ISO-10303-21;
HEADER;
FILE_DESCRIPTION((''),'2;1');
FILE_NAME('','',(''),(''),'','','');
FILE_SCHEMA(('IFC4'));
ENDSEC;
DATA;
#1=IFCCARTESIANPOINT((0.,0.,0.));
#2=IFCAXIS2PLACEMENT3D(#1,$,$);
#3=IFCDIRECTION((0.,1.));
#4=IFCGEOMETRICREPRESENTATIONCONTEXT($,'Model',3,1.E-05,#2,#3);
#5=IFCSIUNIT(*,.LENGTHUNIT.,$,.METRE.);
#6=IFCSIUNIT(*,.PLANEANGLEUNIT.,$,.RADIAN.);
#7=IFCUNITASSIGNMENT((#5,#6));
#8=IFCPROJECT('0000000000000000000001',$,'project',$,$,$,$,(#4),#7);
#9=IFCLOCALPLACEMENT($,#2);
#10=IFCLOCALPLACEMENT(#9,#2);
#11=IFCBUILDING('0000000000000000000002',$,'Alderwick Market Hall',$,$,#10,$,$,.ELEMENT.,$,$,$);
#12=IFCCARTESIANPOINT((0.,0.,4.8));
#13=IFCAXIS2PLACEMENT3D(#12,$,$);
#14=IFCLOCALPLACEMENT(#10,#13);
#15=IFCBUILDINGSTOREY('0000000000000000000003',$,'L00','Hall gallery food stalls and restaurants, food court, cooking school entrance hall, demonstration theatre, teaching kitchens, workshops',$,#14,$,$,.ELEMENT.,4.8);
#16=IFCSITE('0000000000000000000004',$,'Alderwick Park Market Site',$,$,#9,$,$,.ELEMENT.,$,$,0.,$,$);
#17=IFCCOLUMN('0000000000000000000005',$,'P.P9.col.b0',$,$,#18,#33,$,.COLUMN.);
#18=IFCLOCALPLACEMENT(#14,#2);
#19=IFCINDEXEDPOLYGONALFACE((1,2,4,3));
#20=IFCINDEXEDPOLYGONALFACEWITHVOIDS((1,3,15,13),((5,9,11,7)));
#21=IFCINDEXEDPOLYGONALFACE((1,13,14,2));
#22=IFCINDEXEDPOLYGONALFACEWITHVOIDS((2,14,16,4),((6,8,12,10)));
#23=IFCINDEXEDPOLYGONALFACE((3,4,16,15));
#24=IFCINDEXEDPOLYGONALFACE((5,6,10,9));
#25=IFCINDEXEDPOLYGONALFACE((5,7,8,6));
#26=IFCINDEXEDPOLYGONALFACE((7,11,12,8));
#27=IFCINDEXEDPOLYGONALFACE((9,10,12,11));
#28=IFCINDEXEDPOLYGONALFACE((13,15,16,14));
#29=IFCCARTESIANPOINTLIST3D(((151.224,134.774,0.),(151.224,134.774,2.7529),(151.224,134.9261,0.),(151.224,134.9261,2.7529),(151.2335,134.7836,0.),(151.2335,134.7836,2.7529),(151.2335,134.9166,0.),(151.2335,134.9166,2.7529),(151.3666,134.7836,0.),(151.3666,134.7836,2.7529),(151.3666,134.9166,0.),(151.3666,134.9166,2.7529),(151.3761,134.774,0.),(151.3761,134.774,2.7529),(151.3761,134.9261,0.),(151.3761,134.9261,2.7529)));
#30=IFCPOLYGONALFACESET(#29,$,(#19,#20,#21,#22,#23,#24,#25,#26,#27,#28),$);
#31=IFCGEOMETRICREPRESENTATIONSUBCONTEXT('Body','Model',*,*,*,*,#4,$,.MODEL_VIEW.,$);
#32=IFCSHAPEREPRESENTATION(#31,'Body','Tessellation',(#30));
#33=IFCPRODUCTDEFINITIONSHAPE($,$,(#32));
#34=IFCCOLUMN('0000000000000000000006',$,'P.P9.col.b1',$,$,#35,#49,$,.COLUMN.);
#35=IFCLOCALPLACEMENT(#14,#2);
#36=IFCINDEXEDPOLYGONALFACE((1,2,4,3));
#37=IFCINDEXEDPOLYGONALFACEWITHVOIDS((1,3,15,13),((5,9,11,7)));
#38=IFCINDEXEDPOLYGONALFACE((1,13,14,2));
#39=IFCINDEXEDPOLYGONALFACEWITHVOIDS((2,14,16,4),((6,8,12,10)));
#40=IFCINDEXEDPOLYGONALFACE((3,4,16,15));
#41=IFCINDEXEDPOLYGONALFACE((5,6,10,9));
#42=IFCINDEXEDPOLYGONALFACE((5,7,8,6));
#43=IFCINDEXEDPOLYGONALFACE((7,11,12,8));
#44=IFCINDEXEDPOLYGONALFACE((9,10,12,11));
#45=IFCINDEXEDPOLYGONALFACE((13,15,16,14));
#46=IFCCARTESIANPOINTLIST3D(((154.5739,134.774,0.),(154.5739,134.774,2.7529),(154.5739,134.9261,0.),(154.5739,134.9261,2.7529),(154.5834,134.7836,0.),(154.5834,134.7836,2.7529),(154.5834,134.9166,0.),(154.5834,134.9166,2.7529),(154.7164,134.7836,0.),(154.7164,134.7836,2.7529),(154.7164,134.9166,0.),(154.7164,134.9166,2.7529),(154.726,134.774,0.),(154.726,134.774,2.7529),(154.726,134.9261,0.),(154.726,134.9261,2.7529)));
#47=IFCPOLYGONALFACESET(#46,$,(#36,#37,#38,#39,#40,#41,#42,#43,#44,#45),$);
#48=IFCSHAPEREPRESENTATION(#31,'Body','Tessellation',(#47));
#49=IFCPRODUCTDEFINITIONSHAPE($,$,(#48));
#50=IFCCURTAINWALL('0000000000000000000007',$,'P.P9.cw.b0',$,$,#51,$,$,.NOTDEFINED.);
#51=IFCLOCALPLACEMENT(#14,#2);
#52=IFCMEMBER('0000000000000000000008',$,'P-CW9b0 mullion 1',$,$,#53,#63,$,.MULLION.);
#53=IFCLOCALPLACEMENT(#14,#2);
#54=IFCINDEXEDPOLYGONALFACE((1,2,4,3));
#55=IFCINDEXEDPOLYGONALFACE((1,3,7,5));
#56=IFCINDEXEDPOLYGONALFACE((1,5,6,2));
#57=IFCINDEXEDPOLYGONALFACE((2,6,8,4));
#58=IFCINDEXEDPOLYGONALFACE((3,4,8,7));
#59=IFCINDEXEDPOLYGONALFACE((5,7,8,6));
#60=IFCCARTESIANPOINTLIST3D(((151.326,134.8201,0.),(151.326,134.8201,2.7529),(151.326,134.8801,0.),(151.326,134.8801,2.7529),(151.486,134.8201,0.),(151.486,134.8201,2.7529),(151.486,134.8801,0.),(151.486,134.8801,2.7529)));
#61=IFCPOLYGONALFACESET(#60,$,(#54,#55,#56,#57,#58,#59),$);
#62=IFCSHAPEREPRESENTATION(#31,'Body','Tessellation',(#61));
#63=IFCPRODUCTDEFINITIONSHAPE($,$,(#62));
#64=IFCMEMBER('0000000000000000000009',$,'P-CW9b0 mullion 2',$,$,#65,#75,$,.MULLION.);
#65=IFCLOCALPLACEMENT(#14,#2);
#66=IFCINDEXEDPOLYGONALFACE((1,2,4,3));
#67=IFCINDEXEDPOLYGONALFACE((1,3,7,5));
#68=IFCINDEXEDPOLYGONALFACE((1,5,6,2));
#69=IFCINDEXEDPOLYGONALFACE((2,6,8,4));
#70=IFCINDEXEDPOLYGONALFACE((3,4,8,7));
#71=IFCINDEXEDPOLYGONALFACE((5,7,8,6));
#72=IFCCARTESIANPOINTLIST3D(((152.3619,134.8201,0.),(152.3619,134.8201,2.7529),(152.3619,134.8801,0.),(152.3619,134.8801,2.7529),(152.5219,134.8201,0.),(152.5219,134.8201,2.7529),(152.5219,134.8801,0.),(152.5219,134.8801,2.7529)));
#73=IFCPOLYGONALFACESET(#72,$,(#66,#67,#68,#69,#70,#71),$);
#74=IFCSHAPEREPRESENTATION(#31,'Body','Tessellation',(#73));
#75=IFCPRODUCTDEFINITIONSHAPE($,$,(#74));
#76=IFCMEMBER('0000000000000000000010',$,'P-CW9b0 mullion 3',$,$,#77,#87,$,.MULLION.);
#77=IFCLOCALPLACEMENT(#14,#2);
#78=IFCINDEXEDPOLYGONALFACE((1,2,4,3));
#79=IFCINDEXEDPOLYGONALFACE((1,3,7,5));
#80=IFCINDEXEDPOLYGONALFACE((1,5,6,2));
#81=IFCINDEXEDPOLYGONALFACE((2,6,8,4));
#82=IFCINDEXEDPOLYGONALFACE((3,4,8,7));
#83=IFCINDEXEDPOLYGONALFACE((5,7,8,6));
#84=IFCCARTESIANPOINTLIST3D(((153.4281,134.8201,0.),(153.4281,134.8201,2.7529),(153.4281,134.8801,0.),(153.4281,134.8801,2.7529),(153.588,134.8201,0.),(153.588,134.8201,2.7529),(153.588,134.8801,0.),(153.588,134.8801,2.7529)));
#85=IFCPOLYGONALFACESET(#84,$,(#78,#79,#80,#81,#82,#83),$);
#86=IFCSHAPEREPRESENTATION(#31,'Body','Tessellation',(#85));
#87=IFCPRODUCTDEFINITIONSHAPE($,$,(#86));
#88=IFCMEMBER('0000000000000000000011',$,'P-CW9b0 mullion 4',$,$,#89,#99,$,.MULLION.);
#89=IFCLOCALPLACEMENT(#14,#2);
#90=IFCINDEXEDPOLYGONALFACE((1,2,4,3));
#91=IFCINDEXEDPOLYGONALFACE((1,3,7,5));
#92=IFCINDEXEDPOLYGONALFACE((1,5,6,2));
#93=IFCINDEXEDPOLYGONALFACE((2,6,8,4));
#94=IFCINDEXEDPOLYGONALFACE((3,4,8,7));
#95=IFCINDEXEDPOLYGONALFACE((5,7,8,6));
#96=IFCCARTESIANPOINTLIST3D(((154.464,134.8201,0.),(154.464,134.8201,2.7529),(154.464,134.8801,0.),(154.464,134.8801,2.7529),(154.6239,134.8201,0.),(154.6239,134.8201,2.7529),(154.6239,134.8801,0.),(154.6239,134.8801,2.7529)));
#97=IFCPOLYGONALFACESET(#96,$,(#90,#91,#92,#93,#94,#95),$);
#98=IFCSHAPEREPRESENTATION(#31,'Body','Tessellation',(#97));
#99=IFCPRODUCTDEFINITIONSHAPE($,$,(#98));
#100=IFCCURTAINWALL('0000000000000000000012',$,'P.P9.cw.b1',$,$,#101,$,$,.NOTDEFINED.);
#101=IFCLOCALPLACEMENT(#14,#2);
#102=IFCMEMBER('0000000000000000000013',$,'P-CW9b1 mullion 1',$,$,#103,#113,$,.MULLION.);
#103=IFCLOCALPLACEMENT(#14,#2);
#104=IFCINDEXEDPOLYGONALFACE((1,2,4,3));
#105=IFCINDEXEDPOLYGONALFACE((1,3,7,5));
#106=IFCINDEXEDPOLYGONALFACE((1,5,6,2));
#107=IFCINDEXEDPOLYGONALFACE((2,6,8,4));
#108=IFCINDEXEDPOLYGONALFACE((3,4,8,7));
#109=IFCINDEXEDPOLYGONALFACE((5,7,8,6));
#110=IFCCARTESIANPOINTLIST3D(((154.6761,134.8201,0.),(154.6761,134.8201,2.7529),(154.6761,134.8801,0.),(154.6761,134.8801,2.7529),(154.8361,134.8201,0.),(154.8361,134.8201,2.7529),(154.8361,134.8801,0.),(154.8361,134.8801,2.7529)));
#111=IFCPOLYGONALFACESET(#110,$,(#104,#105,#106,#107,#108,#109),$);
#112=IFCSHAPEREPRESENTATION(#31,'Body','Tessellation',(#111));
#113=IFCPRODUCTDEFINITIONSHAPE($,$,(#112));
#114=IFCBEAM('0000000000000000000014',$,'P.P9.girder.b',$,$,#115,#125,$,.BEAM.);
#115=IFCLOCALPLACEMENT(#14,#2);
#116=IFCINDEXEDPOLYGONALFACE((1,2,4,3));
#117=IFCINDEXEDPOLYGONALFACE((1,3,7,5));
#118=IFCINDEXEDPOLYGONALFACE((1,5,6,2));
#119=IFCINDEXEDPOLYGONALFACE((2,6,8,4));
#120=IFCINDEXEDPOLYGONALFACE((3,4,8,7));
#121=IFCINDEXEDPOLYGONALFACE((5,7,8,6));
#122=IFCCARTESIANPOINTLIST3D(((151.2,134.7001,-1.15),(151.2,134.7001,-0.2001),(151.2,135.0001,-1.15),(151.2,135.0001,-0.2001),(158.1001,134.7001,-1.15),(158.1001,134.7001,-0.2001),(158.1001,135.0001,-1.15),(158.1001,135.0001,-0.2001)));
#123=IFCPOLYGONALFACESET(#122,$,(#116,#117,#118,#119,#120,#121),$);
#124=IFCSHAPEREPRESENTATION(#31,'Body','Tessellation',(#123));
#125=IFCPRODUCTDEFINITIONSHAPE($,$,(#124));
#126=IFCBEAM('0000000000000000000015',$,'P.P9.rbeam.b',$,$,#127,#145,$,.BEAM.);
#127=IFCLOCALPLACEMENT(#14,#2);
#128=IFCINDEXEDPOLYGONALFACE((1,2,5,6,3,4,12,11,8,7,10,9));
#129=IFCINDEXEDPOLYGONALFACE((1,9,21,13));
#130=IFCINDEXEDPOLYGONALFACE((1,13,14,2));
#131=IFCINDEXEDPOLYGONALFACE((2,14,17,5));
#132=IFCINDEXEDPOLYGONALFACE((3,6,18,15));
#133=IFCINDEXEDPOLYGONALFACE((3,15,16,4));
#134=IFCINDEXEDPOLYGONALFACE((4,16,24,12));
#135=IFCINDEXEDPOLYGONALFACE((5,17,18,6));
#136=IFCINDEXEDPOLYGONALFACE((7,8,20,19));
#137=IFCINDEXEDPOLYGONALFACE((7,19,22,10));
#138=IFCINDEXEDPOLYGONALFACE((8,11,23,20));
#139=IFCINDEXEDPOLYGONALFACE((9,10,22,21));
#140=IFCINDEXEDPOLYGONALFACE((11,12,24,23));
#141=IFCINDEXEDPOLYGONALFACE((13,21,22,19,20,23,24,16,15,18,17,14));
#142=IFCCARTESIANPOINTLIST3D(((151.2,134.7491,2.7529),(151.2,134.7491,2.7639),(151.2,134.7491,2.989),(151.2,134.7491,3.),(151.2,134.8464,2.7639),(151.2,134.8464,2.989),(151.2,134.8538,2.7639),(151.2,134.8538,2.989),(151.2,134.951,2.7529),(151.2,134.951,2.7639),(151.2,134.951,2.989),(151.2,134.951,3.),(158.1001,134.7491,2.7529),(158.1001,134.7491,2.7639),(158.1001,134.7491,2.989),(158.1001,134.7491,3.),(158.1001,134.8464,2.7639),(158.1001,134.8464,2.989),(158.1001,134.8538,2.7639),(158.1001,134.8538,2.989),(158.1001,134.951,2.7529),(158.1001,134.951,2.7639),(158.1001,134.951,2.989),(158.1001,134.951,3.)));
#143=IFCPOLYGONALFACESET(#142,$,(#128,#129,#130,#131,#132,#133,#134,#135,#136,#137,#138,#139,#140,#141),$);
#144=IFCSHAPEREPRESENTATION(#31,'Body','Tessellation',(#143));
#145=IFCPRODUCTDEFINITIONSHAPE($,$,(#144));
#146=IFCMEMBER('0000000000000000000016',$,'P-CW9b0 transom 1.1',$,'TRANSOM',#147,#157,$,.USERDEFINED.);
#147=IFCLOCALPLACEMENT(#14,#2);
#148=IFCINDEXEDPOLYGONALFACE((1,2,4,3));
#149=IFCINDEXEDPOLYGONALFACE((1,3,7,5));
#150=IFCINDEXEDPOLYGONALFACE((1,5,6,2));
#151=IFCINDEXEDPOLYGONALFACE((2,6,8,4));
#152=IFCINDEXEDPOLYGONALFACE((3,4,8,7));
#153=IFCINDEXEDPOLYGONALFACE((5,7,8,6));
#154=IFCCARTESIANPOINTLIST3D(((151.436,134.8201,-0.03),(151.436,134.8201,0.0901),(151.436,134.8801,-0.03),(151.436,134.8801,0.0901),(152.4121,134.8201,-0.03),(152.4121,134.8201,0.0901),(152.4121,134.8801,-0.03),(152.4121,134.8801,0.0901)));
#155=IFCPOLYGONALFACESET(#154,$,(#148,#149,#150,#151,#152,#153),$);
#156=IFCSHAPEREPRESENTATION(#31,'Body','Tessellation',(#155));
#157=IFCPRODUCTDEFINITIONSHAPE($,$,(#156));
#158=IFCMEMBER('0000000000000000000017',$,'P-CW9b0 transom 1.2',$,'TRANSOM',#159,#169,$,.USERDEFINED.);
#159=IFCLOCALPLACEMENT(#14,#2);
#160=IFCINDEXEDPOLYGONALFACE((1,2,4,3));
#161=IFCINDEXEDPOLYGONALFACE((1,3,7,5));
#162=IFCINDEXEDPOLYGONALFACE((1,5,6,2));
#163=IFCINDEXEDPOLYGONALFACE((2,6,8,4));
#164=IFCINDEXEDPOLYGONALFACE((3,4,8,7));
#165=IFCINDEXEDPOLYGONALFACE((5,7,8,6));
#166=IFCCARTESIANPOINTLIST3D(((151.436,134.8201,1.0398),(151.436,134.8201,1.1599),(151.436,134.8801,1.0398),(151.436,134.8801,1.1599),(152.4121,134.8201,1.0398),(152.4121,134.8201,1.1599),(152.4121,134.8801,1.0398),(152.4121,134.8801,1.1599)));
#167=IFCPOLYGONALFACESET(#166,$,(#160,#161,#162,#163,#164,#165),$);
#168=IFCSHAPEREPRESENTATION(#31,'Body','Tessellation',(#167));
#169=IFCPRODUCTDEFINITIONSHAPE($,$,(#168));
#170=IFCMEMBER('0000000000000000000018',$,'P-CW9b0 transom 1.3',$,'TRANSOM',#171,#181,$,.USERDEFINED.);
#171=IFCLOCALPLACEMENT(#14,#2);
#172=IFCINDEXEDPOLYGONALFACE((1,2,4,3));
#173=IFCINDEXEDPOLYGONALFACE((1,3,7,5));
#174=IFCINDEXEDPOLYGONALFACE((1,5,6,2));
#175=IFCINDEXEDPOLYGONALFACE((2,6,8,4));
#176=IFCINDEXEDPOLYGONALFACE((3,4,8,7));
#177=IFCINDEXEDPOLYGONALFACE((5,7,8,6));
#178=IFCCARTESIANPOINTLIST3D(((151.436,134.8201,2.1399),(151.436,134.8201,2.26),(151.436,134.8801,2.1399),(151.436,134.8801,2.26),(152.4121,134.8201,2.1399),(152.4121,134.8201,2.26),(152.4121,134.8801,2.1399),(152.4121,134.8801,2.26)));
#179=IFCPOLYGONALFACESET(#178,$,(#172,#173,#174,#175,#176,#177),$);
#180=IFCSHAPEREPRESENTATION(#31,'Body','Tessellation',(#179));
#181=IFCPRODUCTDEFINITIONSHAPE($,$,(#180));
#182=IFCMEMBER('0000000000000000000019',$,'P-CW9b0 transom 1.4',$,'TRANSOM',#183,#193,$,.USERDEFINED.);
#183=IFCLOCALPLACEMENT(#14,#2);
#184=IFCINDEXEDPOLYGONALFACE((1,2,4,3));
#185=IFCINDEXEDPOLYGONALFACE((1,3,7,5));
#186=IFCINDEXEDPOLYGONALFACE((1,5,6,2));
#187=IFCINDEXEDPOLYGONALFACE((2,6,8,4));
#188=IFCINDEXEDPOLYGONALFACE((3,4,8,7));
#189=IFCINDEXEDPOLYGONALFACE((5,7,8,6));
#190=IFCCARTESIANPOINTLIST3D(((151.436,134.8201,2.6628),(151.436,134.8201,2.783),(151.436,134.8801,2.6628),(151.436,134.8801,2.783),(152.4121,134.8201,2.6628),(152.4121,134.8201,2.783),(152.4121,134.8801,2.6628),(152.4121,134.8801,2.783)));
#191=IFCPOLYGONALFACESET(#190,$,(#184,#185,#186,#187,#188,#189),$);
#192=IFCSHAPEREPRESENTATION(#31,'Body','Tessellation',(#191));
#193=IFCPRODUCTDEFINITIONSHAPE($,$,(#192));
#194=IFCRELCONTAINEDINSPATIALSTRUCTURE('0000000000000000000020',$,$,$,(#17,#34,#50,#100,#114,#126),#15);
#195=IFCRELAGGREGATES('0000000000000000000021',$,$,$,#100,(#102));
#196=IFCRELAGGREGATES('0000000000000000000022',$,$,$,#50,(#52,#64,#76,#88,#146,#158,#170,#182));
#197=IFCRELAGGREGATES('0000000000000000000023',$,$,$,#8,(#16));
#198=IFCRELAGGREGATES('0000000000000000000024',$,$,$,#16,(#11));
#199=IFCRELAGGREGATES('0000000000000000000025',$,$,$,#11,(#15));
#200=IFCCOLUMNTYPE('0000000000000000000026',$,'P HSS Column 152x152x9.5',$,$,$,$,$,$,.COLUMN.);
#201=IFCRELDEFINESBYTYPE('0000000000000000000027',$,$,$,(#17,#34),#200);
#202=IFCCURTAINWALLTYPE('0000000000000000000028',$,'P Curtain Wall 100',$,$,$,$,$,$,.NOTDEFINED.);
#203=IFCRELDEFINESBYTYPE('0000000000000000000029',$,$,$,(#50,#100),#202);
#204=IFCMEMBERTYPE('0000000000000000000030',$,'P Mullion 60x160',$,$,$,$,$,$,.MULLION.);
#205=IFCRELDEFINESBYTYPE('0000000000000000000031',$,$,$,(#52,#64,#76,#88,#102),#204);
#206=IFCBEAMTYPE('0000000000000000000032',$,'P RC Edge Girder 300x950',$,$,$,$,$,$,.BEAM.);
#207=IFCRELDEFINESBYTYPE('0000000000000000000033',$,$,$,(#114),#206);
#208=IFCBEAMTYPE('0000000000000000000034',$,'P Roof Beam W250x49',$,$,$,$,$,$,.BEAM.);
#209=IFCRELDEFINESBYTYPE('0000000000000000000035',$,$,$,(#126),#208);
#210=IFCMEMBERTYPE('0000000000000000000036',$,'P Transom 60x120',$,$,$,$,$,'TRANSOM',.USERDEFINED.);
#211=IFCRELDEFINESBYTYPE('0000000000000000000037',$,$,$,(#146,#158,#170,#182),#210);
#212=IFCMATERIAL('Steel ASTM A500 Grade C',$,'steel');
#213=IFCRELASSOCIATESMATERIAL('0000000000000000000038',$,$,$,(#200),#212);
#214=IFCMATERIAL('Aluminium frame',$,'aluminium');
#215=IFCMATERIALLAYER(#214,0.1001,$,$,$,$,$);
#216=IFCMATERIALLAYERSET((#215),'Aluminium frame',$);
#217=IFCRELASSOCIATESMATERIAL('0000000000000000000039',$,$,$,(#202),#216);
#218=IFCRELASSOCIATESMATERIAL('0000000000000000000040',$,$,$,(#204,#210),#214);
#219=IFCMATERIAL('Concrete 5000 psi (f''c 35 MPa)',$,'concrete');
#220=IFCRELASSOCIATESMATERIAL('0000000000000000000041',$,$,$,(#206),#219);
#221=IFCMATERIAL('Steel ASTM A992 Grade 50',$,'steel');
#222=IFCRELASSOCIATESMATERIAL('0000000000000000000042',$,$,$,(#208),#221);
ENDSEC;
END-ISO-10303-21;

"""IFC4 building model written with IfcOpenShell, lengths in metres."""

from ifc_helpers import new_model, si_unit, direction, frame, origin, origin_2d, place, context, subcontext, project, spatial, rectangle, hollow_rectangle, i_section, extrude, material, layer, layer_set, material_profile, profile_set, type_object, element, aggregate, save


model = new_model("IFC4")

# Units and contexts
model_context = context("Model", 3, precision=1e-05, world=origin(), true_north=direction((0.0, 1.0)))
body_context = subcontext(model_context, "Body", "Model", "MODEL_VIEW")
ifc_project = project(units=[si_unit("LENGTHUNIT", "METRE"), si_unit("PLANEANGLEUNIT", "RADIAN")], contexts=[model_context])

# Site, building, storey
site_placement = place(None, origin())
site = spatial("IfcSite", under=ifc_project, at=site_placement, Name="Alderwick Park Market Site", CompositionType="ELEMENT", RefElevation=0.0)
building_placement = place(site_placement, origin())
building = spatial("IfcBuilding", under=site, at=building_placement, Name="Alderwick Market Hall", CompositionType="ELEMENT")
storey_placement = place(building_placement, frame((0.0, 0.0, 4.8)))
storey = spatial("IfcBuildingStorey", under=building, at=storey_placement, Name="L00", Description="Hall gallery food stalls and restaurants, food court, cooking school entrance hall, demonstration theatre, teaching kitchens, workshops", CompositionType="ELEMENT", Elevation=4.8)

# Columns
ifc_material_1 = material(Name="Steel ASTM A500 Grade C", Category="steel")
ifc_material_profile_1 = material_profile(ifc_material_1, hollow_rectangle(XDim=0.1521, YDim=0.1521, WallThickness=0.0095, at=origin_2d()), Name="HSS152x152x9.5")
ifc_profile_set_1 = profile_set([ifc_material_profile_1], Name="Steel ASTM A500 Grade C")
column_type = type_object("IfcColumnType", Name="P HSS Column 152x152x9.5", PredefinedType="COLUMN", material=ifc_profile_set_1)
for number, where, z_axis, x_axis, name in (
    (1, (151.3, 134.8501, 0.0), (0.0, 0.0, 1.0), (1.0, 0.0, 0.0), "P.P9.col.b0"),
    (2, (154.6499, 134.8501, 0.0), (0.0, 0.0, 1.0), (1.0, 0.0, 0.0), "P.P9.col.b1"),
):
    element("IfcColumn", number, at=place(storey_placement, frame(where, z_axis=z_axis, x_axis=x_axis)), inside=storey, type_object=column_type, Name=name, PredefinedType="COLUMN", context=body_context, shape_type="SweptSolid", body=[
        extrude(hollow_rectangle(XDim=0.1521, YDim=0.1521, WallThickness=0.0095, at=origin_2d()), origin(), (0.0, 0.0, 1.0), 2.7529),
    ])

# Curtain wall, members
ifc_material_2 = material(Name="Aluminium frame", Category="aluminium")
ifc_layer_1 = layer(ifc_material_2, 0.1001)
ifc_layer_set_1 = layer_set([ifc_layer_1], Name="Aluminium frame")
curtain_wall_type = type_object("IfcCurtainWallType", Name="P Curtain Wall 100", PredefinedType="NOTDEFINED", material=ifc_layer_set_1)
curtain_wall_1_placement = place(storey_placement, origin())
curtain_wall_1 = element("IfcCurtainWall", 3, at=curtain_wall_1_placement, inside=storey, type_object=curtain_wall_type, Name="P.P9.cw.b0", PredefinedType="NOTDEFINED")
ifc_material_profile_2 = material_profile(ifc_material_2, rectangle(XDim=0.0601, YDim=0.1599, at=origin_2d()), Name="P Mullion 60x160")
ifc_profile_set_2 = profile_set([ifc_material_profile_2], Name="Aluminium frame")
member_type_1 = type_object("IfcMemberType", Name="P Mullion 60x160", PredefinedType="MULLION", material=ifc_profile_set_2)
member_1_placement = place(storey_placement, frame((151.406, 134.8501, 0.0), z_axis=(0.0, 0.0, 1.0), x_axis=(0.0, 1.0, 0.0)))
member_1 = element("IfcMember", 4, at=member_1_placement, type_object=member_type_1, Name="P-CW9b0 mullion 1", PredefinedType="MULLION", context=body_context, shape_type="SweptSolid", body=[
    extrude(rectangle(XDim=0.0601, YDim=0.1599, at=origin_2d()), origin(), (0.0, 0.0, 1.0), 2.7529),
])
member_2_placement = place(storey_placement, frame((152.4419, 134.8501, 0.0), z_axis=(0.0, 0.0, 1.0), x_axis=(0.0, 1.0, 0.0)))
member_2 = element("IfcMember", 5, at=member_2_placement, type_object=member_type_1, Name="P-CW9b0 mullion 2", PredefinedType="MULLION", context=body_context, shape_type="SweptSolid", body=[
    extrude(rectangle(XDim=0.0601, YDim=0.1599, at=origin_2d()), origin(), (0.0, 0.0, 1.0), 2.7529),
])
member_3_placement = place(storey_placement, frame((153.5081, 134.8501, 0.0), z_axis=(0.0, 0.0, 1.0), x_axis=(0.0, 1.0, 0.0)))
member_3 = element("IfcMember", 6, at=member_3_placement, type_object=member_type_1, Name="P-CW9b0 mullion 3", PredefinedType="MULLION", context=body_context, shape_type="SweptSolid", body=[
    extrude(rectangle(XDim=0.0601, YDim=0.1599, at=origin_2d()), origin(), (0.0, 0.0, 1.0), 2.7529),
])
member_4_placement = place(storey_placement, frame((154.5439, 134.8501, 0.0), z_axis=(0.0, 0.0, 1.0), x_axis=(0.0, 1.0, 0.0)))
member_4 = element("IfcMember", 7, at=member_4_placement, type_object=member_type_1, Name="P-CW9b0 mullion 4", PredefinedType="MULLION", context=body_context, shape_type="SweptSolid", body=[
    extrude(rectangle(XDim=0.0601, YDim=0.1599, at=origin_2d()), origin(), (0.0, 0.0, 1.0), 2.7529),
])

# Curtain wall, member
curtain_wall_2_placement = place(storey_placement, origin())
curtain_wall_2 = element("IfcCurtainWall", 8, at=curtain_wall_2_placement, inside=storey, type_object=curtain_wall_type, Name="P.P9.cw.b1", PredefinedType="NOTDEFINED")
member_5_placement = place(storey_placement, frame((154.7561, 134.8501, 0.0), z_axis=(0.0, 0.0, 1.0), x_axis=(0.0, 1.0, 0.0)))
member_5 = element("IfcMember", 9, at=member_5_placement, type_object=member_type_1, Name="P-CW9b1 mullion 1", PredefinedType="MULLION", context=body_context, shape_type="SweptSolid", body=[
    extrude(rectangle(XDim=0.0601, YDim=0.1599, at=origin_2d()), origin(), (0.0, 0.0, 1.0), 2.7529),
])
aggregate(curtain_wall_2, [member_5])

# Beams
ifc_material_3 = material(Name="Concrete 5000 psi (f'c 35 MPa)", Category="concrete")
ifc_material_profile_3 = material_profile(ifc_material_3, rectangle(XDim=0.3, YDim=0.95, at=origin_2d()), Name="P RC Edge Girder 300x950")
ifc_profile_set_3 = profile_set([ifc_material_profile_3], Name="Concrete 5000 psi (f'c 35 MPa)")
beam_type_1 = type_object("IfcBeamType", Name="P RC Edge Girder 300x950", PredefinedType="BEAM", material=ifc_profile_set_3)
beam_1_placement = place(storey_placement, frame((151.2, 134.8501, -0.675), z_axis=(1.0, 0.0, 0.0), x_axis=(0.0, 1.0, 0.0)))
element("IfcBeam", 10, at=beam_1_placement, inside=storey, type_object=beam_type_1, Name="P.P9.girder.b", PredefinedType="BEAM", context=body_context, shape_type="SweptSolid", body=[
    extrude(rectangle(XDim=0.3, YDim=0.95, at=origin_2d()), origin(), (0.0, 0.0, 1.0), 6.9001),
])
ifc_material_4 = material(Name="Steel ASTM A992 Grade 50", Category="steel")
ifc_material_profile_4 = material_profile(ifc_material_4, i_section(OverallWidth=0.2019, OverallDepth=0.2471, WebThickness=0.0073, FlangeThickness=0.011, at=origin_2d()), Name="W250x49")
ifc_profile_set_4 = profile_set([ifc_material_profile_4], Name="Steel ASTM A992 Grade 50")
beam_type_2 = type_object("IfcBeamType", Name="P Roof Beam W250x49", PredefinedType="BEAM", material=ifc_profile_set_4)
beam_2_placement = place(storey_placement, frame((151.2, 134.8501, 2.8765), z_axis=(1.0, 0.0, 0.0), x_axis=(0.0, 1.0, 0.0)))
element("IfcBeam", 11, at=beam_2_placement, inside=storey, type_object=beam_type_2, Name="P.P9.rbeam.b", PredefinedType="BEAM", context=body_context, shape_type="SweptSolid", body=[
    extrude(i_section(OverallWidth=0.2019, OverallDepth=0.2471, WebThickness=0.0073, FlangeThickness=0.011, at=origin_2d()), origin(), (0.0, 0.0, 1.0), 6.9001),
])

# Members
ifc_material_profile_5 = material_profile(ifc_material_2, rectangle(XDim=0.0601, YDim=0.1201, at=origin_2d()), Name="P Transom 60x120")
ifc_profile_set_5 = profile_set([ifc_material_profile_5], Name="Aluminium frame")
member_type_2 = type_object("IfcMemberType", Name="P Transom 60x120", ElementType="TRANSOM", PredefinedType="USERDEFINED", material=ifc_profile_set_5)
member_6_placement = place(storey_placement, frame((151.436, 134.8501, 0.03), z_axis=(1.0, 0.0, 0.0), x_axis=(0.0, 1.0, 0.0)))
member_6 = element("IfcMember", 12, at=member_6_placement, type_object=member_type_2, Name="P-CW9b0 transom 1.1", ObjectType="TRANSOM", PredefinedType="USERDEFINED", context=body_context, shape_type="SweptSolid", body=[
    extrude(rectangle(XDim=0.0601, YDim=0.1201, at=origin_2d()), origin(), (0.0, 0.0, 1.0), 0.9761),
])
member_7_placement = place(storey_placement, frame((151.436, 134.8501, 1.0999), z_axis=(1.0, 0.0, 0.0), x_axis=(0.0, 1.0, 0.0)))
member_7 = element("IfcMember", 13, at=member_7_placement, type_object=member_type_2, Name="P-CW9b0 transom 1.2", ObjectType="TRANSOM", PredefinedType="USERDEFINED", context=body_context, shape_type="SweptSolid", body=[
    extrude(rectangle(XDim=0.0601, YDim=0.1201, at=origin_2d()), origin(), (0.0, 0.0, 1.0), 0.9761),
])
member_8_placement = place(storey_placement, frame((151.436, 134.8501, 2.2), z_axis=(1.0, 0.0, 0.0), x_axis=(0.0, 1.0, 0.0)))
member_8 = element("IfcMember", 14, at=member_8_placement, type_object=member_type_2, Name="P-CW9b0 transom 1.3", ObjectType="TRANSOM", PredefinedType="USERDEFINED", context=body_context, shape_type="SweptSolid", body=[
    extrude(rectangle(XDim=0.0601, YDim=0.1201, at=origin_2d()), origin(), (0.0, 0.0, 1.0), 0.9761),
])
member_9_placement = place(storey_placement, frame((151.436, 134.8501, 2.7229), z_axis=(1.0, 0.0, 0.0), x_axis=(0.0, 1.0, 0.0)))
member_9 = element("IfcMember", 15, at=member_9_placement, type_object=member_type_2, Name="P-CW9b0 transom 1.4", ObjectType="TRANSOM", PredefinedType="USERDEFINED", context=body_context, shape_type="SweptSolid", body=[
    extrude(rectangle(XDim=0.0601, YDim=0.1201, at=origin_2d()), origin(), (0.0, 0.0, 1.0), 0.9761),
])

aggregate(curtain_wall_1, [member_1, member_2, member_3, member_4, member_6, member_7, member_8, member_9])

save(model, "model.ifc")
